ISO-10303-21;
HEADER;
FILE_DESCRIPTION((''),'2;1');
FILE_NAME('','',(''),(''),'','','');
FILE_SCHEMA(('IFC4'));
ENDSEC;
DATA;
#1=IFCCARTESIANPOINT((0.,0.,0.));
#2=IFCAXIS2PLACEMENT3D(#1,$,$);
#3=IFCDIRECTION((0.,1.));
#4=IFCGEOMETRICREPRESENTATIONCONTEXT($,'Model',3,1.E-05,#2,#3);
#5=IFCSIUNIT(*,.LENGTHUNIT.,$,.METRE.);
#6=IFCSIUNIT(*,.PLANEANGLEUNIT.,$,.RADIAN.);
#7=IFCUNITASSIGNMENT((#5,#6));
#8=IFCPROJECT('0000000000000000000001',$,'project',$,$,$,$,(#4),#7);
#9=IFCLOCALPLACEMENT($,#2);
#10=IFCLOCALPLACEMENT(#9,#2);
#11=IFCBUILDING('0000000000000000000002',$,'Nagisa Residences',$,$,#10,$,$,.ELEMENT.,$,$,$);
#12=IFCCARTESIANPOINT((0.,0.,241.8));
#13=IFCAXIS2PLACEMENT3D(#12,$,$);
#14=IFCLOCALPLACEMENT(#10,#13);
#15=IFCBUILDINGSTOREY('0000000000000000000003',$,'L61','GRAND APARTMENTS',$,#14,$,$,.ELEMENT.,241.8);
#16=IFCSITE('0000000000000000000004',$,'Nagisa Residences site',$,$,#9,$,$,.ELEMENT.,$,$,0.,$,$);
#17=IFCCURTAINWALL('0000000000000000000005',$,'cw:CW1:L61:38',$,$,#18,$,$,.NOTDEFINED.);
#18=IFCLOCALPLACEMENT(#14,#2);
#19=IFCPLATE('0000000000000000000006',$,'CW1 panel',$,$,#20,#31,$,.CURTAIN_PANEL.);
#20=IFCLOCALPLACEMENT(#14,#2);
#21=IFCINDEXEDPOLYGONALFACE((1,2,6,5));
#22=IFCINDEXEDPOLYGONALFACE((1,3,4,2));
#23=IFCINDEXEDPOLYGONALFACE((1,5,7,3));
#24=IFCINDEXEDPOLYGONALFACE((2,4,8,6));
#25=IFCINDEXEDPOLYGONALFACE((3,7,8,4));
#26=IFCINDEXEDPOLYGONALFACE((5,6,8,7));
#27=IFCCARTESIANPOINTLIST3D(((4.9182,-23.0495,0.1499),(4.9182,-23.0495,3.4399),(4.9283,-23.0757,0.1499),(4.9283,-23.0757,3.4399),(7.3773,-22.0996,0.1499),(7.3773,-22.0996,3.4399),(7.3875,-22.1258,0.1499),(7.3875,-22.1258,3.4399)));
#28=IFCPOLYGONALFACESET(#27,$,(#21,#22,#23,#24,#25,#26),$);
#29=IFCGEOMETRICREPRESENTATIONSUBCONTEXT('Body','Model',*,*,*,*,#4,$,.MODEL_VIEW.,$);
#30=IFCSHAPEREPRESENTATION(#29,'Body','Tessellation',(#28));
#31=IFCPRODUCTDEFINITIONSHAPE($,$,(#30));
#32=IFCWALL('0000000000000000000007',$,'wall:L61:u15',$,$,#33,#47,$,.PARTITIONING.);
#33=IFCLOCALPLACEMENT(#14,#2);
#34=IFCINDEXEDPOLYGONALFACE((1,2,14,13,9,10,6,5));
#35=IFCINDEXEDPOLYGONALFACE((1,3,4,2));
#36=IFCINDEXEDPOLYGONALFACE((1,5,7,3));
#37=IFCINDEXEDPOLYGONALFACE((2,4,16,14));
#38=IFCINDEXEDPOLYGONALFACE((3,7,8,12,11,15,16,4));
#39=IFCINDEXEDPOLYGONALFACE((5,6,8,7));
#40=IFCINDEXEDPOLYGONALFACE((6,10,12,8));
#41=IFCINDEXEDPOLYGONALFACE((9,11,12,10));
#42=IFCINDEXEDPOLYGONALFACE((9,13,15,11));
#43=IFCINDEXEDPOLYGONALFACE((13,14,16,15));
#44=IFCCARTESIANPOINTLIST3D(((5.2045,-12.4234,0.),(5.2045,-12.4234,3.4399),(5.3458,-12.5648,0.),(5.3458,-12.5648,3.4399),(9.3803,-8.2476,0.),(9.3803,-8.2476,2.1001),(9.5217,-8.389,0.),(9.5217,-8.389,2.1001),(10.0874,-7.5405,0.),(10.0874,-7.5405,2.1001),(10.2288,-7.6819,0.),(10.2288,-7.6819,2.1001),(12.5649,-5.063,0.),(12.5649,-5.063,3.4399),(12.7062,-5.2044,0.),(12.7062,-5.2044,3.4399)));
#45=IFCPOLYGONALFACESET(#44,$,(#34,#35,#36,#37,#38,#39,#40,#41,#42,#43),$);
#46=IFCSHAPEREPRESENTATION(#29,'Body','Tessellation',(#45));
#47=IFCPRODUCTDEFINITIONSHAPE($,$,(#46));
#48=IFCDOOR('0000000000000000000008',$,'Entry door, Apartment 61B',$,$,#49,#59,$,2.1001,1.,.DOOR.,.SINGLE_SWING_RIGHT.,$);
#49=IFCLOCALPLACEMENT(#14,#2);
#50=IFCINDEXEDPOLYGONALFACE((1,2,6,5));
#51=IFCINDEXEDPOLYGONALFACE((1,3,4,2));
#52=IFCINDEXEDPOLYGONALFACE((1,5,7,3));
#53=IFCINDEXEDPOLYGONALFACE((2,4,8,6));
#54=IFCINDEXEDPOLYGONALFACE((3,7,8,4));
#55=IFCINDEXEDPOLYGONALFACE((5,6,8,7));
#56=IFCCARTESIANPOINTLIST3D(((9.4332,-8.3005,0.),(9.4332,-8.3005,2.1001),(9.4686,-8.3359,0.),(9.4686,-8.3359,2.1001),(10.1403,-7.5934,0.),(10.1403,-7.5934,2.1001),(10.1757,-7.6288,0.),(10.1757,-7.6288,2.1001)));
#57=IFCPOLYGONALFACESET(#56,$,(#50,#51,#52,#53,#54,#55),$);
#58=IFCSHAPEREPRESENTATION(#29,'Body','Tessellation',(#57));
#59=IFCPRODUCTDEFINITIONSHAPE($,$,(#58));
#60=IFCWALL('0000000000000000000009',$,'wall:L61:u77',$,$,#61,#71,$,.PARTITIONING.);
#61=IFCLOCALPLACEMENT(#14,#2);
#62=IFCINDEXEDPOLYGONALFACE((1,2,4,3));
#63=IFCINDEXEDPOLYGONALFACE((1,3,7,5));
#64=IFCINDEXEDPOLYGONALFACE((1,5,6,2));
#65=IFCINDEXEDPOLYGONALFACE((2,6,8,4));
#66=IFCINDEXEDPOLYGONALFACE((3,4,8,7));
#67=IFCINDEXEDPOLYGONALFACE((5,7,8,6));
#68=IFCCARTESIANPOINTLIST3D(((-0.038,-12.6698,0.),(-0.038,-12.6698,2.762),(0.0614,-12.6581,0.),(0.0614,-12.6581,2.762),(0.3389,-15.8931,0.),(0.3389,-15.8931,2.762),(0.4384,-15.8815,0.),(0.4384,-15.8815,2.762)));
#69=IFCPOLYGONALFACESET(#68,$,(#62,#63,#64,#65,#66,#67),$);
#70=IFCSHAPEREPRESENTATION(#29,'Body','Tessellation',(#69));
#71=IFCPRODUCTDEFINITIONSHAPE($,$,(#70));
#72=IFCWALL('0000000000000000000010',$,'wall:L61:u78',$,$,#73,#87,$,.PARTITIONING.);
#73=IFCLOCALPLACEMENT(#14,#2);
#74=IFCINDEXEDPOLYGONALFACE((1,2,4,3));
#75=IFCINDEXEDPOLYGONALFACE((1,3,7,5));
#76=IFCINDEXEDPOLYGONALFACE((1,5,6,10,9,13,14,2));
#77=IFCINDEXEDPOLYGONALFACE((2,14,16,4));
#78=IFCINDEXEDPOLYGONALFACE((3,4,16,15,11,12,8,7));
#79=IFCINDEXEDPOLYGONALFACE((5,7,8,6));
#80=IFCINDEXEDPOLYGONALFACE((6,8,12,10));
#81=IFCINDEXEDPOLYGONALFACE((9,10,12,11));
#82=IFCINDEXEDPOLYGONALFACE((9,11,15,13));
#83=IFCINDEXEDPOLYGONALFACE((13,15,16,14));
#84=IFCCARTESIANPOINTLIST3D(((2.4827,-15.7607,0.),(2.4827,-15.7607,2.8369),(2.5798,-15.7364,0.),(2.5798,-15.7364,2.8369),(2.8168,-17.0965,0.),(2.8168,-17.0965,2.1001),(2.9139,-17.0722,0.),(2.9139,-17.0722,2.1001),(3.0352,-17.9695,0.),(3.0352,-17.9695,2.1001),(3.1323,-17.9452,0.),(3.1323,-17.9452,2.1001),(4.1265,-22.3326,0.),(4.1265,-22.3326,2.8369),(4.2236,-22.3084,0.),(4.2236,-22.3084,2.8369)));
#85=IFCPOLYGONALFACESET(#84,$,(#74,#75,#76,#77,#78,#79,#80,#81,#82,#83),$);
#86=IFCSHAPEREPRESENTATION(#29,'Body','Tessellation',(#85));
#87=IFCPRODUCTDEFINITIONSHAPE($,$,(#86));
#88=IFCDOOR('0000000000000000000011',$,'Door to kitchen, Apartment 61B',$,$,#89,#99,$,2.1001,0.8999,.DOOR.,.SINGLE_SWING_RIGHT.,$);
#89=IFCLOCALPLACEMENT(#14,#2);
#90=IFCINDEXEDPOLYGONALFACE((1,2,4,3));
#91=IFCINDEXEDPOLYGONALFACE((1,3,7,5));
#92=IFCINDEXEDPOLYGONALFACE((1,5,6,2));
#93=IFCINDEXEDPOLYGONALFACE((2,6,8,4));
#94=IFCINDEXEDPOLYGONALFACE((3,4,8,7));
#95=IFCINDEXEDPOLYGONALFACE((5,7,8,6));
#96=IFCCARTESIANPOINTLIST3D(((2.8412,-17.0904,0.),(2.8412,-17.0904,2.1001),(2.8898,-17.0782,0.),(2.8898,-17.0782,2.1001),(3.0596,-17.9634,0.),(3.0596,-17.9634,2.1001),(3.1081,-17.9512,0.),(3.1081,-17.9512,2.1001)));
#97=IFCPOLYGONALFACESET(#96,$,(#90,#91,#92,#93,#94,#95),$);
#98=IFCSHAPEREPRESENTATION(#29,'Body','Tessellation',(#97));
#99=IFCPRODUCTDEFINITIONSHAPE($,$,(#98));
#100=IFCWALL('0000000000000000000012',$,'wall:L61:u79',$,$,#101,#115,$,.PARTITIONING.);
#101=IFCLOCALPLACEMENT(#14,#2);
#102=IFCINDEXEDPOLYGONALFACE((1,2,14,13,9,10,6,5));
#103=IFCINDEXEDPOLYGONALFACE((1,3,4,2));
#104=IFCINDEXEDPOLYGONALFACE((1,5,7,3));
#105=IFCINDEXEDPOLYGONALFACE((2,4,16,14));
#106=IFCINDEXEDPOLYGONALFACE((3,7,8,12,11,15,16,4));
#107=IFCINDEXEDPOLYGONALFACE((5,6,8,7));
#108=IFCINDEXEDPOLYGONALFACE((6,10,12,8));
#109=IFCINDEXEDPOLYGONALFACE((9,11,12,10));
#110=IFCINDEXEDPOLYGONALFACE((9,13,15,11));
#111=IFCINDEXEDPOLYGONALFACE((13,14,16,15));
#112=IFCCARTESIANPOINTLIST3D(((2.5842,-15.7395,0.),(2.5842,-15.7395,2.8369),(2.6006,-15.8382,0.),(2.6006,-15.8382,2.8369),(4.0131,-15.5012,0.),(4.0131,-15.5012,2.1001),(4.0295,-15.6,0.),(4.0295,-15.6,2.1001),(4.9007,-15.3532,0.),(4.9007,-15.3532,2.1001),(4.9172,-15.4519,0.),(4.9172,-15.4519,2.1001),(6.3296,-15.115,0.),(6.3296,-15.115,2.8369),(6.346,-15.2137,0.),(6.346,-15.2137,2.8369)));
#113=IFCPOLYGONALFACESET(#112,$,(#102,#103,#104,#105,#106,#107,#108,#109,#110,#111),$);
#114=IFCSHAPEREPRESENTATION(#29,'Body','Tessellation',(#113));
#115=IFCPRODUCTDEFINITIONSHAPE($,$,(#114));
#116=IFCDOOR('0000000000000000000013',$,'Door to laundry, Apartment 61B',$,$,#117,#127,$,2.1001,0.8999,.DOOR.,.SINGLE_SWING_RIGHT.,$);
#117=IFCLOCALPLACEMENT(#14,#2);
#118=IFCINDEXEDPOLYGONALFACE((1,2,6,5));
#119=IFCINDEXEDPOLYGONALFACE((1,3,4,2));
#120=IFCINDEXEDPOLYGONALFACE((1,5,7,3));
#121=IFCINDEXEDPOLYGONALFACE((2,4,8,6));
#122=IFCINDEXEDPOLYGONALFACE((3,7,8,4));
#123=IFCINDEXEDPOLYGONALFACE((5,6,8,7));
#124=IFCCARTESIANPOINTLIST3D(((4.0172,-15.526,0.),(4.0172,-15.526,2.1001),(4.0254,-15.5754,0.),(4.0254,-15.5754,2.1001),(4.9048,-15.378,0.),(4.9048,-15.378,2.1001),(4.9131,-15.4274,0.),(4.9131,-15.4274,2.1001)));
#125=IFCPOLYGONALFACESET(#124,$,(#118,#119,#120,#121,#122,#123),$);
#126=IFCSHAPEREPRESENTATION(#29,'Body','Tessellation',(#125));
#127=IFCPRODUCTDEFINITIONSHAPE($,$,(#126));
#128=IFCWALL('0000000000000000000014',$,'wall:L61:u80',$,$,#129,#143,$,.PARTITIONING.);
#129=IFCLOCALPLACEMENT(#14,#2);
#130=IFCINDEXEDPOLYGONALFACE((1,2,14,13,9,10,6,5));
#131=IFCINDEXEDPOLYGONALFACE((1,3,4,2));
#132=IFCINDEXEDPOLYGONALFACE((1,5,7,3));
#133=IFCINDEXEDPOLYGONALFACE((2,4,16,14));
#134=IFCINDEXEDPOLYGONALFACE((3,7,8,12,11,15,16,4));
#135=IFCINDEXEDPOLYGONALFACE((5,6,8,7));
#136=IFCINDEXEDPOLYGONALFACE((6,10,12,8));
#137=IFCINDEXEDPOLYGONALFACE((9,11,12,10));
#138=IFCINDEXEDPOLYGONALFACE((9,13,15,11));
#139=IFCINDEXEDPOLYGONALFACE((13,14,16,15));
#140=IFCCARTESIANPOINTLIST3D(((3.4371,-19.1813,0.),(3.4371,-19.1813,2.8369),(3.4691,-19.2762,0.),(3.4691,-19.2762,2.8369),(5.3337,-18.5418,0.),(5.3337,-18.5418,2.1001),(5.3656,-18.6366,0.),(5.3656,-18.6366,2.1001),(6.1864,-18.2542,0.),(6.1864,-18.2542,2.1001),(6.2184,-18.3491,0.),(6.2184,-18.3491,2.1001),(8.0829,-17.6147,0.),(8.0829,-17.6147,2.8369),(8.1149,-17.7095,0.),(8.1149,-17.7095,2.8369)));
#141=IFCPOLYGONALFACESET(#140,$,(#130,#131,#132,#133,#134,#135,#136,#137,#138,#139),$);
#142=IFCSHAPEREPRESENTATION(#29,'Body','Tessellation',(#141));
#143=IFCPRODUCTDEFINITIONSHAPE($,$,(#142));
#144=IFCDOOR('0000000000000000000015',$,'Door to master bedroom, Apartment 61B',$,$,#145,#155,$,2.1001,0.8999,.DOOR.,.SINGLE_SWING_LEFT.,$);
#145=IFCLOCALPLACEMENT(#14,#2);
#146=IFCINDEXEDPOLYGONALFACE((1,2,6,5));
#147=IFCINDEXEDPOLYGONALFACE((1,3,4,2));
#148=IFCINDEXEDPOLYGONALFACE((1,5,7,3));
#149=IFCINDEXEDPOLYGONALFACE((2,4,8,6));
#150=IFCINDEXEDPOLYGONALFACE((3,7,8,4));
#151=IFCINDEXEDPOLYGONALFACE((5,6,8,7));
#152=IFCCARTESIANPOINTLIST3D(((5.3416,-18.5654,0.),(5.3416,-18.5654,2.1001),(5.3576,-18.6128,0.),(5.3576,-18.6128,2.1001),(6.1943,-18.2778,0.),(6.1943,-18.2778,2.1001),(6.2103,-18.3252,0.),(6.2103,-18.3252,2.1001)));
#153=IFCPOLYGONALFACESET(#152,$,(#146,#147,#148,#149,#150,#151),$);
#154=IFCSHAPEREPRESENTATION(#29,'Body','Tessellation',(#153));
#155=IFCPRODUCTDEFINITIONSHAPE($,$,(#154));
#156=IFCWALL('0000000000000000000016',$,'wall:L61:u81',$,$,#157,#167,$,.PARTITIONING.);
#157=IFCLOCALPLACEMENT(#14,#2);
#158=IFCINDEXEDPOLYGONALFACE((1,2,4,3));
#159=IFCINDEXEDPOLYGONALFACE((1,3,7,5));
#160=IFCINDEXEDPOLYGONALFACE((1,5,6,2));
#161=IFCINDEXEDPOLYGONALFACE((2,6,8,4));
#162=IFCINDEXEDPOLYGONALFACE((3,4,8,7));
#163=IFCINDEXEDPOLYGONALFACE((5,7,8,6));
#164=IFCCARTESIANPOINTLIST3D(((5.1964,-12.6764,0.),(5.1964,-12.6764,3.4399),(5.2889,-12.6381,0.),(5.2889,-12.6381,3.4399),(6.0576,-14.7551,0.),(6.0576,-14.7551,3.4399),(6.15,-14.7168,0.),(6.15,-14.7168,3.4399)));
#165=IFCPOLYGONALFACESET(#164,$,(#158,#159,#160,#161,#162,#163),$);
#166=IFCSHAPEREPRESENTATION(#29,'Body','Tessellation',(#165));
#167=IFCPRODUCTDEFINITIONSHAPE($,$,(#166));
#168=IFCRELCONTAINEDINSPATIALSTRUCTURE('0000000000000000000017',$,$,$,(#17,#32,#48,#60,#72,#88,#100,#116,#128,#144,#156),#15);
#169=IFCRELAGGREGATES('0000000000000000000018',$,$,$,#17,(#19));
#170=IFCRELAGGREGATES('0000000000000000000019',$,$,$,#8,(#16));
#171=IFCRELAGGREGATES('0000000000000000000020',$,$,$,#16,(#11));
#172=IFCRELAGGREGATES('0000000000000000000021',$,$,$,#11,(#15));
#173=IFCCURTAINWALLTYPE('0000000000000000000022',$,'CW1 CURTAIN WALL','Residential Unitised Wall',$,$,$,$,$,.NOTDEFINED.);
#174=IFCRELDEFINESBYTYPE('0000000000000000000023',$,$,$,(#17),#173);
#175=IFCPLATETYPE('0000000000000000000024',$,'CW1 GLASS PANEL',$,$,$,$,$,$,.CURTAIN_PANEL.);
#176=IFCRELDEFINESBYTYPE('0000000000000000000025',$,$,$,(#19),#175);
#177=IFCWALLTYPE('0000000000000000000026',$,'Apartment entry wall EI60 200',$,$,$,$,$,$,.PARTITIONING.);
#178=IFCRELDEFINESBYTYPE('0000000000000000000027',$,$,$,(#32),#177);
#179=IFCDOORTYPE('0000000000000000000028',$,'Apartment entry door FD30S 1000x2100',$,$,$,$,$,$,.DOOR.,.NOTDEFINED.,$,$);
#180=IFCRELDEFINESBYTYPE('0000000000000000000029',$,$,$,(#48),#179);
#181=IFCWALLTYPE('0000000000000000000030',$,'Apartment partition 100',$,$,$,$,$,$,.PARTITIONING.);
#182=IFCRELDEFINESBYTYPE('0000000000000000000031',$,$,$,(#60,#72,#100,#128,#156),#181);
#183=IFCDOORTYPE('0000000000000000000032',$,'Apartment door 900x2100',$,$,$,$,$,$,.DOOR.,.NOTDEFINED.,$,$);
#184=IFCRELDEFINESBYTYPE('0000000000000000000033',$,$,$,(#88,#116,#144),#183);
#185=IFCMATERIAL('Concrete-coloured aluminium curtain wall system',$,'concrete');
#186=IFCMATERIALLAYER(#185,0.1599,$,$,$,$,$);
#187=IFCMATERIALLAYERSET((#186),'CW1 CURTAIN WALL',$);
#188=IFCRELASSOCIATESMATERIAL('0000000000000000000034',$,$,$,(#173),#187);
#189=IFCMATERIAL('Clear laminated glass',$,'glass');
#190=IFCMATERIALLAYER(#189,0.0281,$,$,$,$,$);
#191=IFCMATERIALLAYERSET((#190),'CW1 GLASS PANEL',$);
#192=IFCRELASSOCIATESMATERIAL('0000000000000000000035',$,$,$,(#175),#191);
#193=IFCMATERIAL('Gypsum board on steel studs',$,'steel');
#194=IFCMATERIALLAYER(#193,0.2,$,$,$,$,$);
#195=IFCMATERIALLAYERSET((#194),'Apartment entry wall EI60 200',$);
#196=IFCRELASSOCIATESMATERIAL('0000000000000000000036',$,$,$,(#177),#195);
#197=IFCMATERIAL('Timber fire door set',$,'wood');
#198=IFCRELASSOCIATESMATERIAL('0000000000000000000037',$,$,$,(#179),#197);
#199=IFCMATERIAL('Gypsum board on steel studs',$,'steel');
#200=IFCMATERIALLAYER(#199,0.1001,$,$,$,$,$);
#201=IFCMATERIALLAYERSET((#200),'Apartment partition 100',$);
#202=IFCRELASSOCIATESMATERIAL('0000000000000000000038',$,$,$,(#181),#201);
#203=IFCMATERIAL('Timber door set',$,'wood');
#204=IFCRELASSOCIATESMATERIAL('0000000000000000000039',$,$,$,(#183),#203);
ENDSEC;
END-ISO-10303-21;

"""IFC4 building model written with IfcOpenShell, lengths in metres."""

from ifc_helpers import new_model, si_unit, direction, frame, frame_2d, origin, origin_2d, place, context, subcontext, project, spatial, rectangle, extrude, material, layer, layer_set, type_object, element, fill, aggregate, save


model = new_model("IFC4")

# Units and contexts
model_context = context("Model", 3, precision=1e-05, world=origin(), true_north=direction((0.0, 1.0)))
body_context = subcontext(model_context, "Body", "Model", "MODEL_VIEW")
ifc_project = project(units=[si_unit("LENGTHUNIT", "METRE"), si_unit("PLANEANGLEUNIT", "RADIAN")], contexts=[model_context])

# Site, building, storey
site_placement = place(None, origin())
site = spatial("IfcSite", under=ifc_project, at=site_placement, Name="Nagisa Residences site", CompositionType="ELEMENT", RefElevation=0.0)
building_placement = place(site_placement, origin())
building = spatial("IfcBuilding", under=site, at=building_placement, Name="Nagisa Residences", CompositionType="ELEMENT")
storey_placement = place(building_placement, frame((0.0, 0.0, 241.8)))
storey = spatial("IfcBuildingStorey", under=building, at=storey_placement, Name="L61", Description="GRAND APARTMENTS", CompositionType="ELEMENT", Elevation=241.8)

# Curtain wall
ifc_material_1 = material(Name="Concrete-coloured aluminium curtain wall system", Category="concrete")
ifc_layer_1 = layer(ifc_material_1, 0.1599)
ifc_layer_set_1 = layer_set([ifc_layer_1], Name="CW1 CURTAIN WALL")
curtain_wall_type = type_object("IfcCurtainWallType", Name="CW1 CURTAIN WALL", Description="Residential Unitised Wall", PredefinedType="NOTDEFINED", material=ifc_layer_set_1)
curtain_wall_1_placement = place(storey_placement, origin())
curtain_wall_1 = element("IfcCurtainWall", 1, at=curtain_wall_1_placement, inside=storey, type_object=curtain_wall_type, Name="cw:CW1:L61:38", PredefinedType="NOTDEFINED")

# Shared definitions
ifc_material_2 = material(Name="Clear laminated glass", Category="glass")
ifc_layer_2 = layer(ifc_material_2, 0.0281)
ifc_layer_set_2 = layer_set([ifc_layer_2], Name="CW1 GLASS PANEL")
plate_type = type_object("IfcPlateType", Name="CW1 GLASS PANEL", PredefinedType="CURTAIN_PANEL", material=ifc_layer_set_2)

# Plate
plate_1_placement = place(storey_placement, frame((6.1528, -22.5876, 0.1499), z_axis=(0.0, 0.0, 1.0), x_axis=(0.932826, 0.360328, 0.0)))
plate_1 = element("IfcPlate", 2, at=plate_1_placement, type_object=plate_type, Name="CW1 panel", PredefinedType="CURTAIN_PANEL", context=body_context, shape_type="SweptSolid", body=[
    extrude(rectangle(XDim=2.6362, YDim=0.0281, at=origin_2d()), origin(), (0.0, 0.0, 1.0), 3.29),
])
aggregate(curtain_wall_1, [plate_1])

# Wall, opening, door
ifc_material_3 = material(Name="Gypsum board on steel studs", Category="steel")
ifc_layer_3 = layer(ifc_material_3, 0.2)
ifc_layer_set_3 = layer_set([ifc_layer_3], Name="Apartment entry wall EI60 200")
wall_type_1 = type_object("IfcWallType", Name="Apartment entry wall EI60 200", PredefinedType="PARTITIONING", material=ifc_layer_set_3)
wall_1_placement = place(storey_placement, frame((5.2751, -12.4941, 0.0), z_axis=(0.0, 0.0, 1.0), x_axis=(0.707107, 0.707107, 0.0)))
wall_1 = element("IfcWall", 3, at=wall_1_placement, inside=storey, type_object=wall_type_1, Name="wall:L61:u15", PredefinedType="PARTITIONING", context=body_context, shape_type="SweptSolid", body=[
    extrude(rectangle(XDim=10.4092, YDim=0.2, at=frame_2d((5.2046, 0.0))), origin(), (0.0, 0.0, 1.0), 3.4399),
])
opening_1_placement = place(wall_1_placement, frame((5.9055, 0.0, 0.0)))
opening_1 = element("IfcOpeningElement", 4, at=opening_1_placement, cuts=wall_1, PredefinedType="OPENING", context=body_context, shape_type="SweptSolid", body=[
    extrude(rectangle(XDim=1.0, YDim=2.1001, at=frame_2d((0.5, 1.05))), frame((0.0, 0.1099, 0.0), z_axis=(0.0, -1.0, 0.0), x_axis=(1.0, 0.0, 0.0)), (0.0, 0.0, 1.0), 0.22),
])
ifc_material_4 = material(Name="Timber fire door set", Category="wood")
door_type_1 = type_object("IfcDoorType", Name="Apartment entry door FD30S 1000x2100", OperationType="NOTDEFINED", PredefinedType="DOOR", material=ifc_material_4)
door_1_placement = place(opening_1_placement, frame((1.0, 0.0, 0.0), x_axis=(-1.0, 0.0, 0.0)))
door_1 = element("IfcDoor", 5, at=door_1_placement, inside=storey, type_object=door_type_1, Name="Entry door, Apartment 61B", OperationType="SINGLE_SWING_RIGHT", OverallHeight=2.1001, OverallWidth=1.0, PredefinedType="DOOR", context=body_context, shape_type="SweptSolid", body=[
    extrude(rectangle(XDim=1.0, YDim=2.1001, at=frame_2d((0.5, 1.05))), frame((0.0, 0.0249, 0.0), z_axis=(0.0, -1.0, 0.0), x_axis=(1.0, 0.0, 0.0)), (0.0, 0.0, 1.0), 0.05),
])
fill(opening_1, door_1)

# Wall
ifc_material_5 = material(Name="Gypsum board on steel studs", Category="steel")
ifc_layer_4 = layer(ifc_material_5, 0.1001)
ifc_layer_set_4 = layer_set([ifc_layer_4], Name="Apartment partition 100")
wall_type_2 = type_object("IfcWallType", Name="Apartment partition 100", PredefinedType="PARTITIONING", material=ifc_layer_set_4)
wall_2_placement = place(storey_placement, frame((0.0117, -12.6641, 0.0), z_axis=(0.0, 0.0, 1.0), x_axis=(0.116152, -0.993231, 0.0)))
element("IfcWall", 6, at=wall_2_placement, inside=storey, type_object=wall_type_2, Name="wall:L61:u77", PredefinedType="PARTITIONING", context=body_context, shape_type="SweptSolid", body=[
    extrude(rectangle(XDim=3.2454, YDim=0.1001, at=frame_2d((1.6226, 0.0))), origin(), (0.0, 0.0, 1.0), 2.762),
])

# Walls, openings, doors
wall_3_placement = place(storey_placement, frame((2.5312, -15.7485, 0.0), z_axis=(0.0, 0.0, 1.0), x_axis=(0.242646, -0.970115, 0.0)))
wall_3 = element("IfcWall", 7, at=wall_3_placement, inside=storey, type_object=wall_type_2, Name="wall:L61:u78", PredefinedType="PARTITIONING", context=body_context, shape_type="SweptSolid", body=[
    extrude(rectangle(XDim=6.7744, YDim=0.1001, at=frame_2d((3.3872, 0.0))), origin(), (0.0, 0.0, 1.0), 2.8369),
])
opening_2_placement = place(wall_3_placement, frame((1.377, 0.0, 0.0)))
opening_2 = element("IfcOpeningElement", 8, at=opening_2_placement, cuts=wall_3, PredefinedType="OPENING", context=body_context, shape_type="SweptSolid", body=[
    extrude(rectangle(XDim=0.8999, YDim=2.1001, at=frame_2d((0.45, 1.05))), frame((0.0, 0.0601, 0.0), z_axis=(0.0, -1.0, 0.0), x_axis=(1.0, 0.0, 0.0)), (0.0, 0.0, 1.0), 0.1201),
])
ifc_material_6 = material(Name="Timber door set", Category="wood")
door_type_2 = type_object("IfcDoorType", Name="Apartment door 900x2100", OperationType="NOTDEFINED", PredefinedType="DOOR", material=ifc_material_6)
door_2_placement = place(opening_2_placement, frame((0.8999, 0.0, 0.0), x_axis=(-1.0, 0.0, 0.0)))
door_2 = element("IfcDoor", 9, at=door_2_placement, inside=storey, type_object=door_type_2, Name="Door to kitchen, Apartment 61B", OperationType="SINGLE_SWING_RIGHT", OverallHeight=2.1001, OverallWidth=0.8999, PredefinedType="DOOR", context=body_context, shape_type="SweptSolid", body=[
    extrude(rectangle(XDim=0.8999, YDim=2.1001, at=frame_2d((0.45, 1.05))), frame((0.0, 0.0249, 0.0), z_axis=(0.0, -1.0, 0.0), x_axis=(1.0, 0.0, 0.0)), (0.0, 0.0, 1.0), 0.05),
])
fill(opening_2, door_2)
wall_4_placement = place(storey_placement, frame((2.5925, -15.7888, 0.0), z_axis=(0.0, 0.0, 1.0), x_axis=(0.986382, 0.164472, 0.0)))
wall_4 = element("IfcWall", 10, at=wall_4_placement, inside=storey, type_object=wall_type_2, Name="wall:L61:u79", PredefinedType="PARTITIONING", context=body_context, shape_type="SweptSolid", body=[
    extrude(rectangle(XDim=3.7971, YDim=0.1001, at=frame_2d((1.8984, 0.0))), origin(), (0.0, 0.0, 1.0), 2.8369),
])
opening_3_placement = place(wall_4_placement, frame((1.4485, 0.0, 0.0)))
opening_3 = element("IfcOpeningElement", 11, at=opening_3_placement, cuts=wall_4, PredefinedType="OPENING", context=body_context, shape_type="SweptSolid", body=[
    extrude(rectangle(XDim=0.8999, YDim=2.1001, at=frame_2d((0.45, 1.05))), frame((0.0, 0.0601, 0.0), z_axis=(0.0, -1.0, 0.0), x_axis=(1.0, 0.0, 0.0)), (0.0, 0.0, 1.0), 0.1201),
])
door_3_placement = place(opening_3_placement, origin())
door_3 = element("IfcDoor", 12, at=door_3_placement, inside=storey, type_object=door_type_2, Name="Door to laundry, Apartment 61B", OperationType="SINGLE_SWING_RIGHT", OverallHeight=2.1001, OverallWidth=0.8999, PredefinedType="DOOR", context=body_context, shape_type="SweptSolid", body=[
    extrude(rectangle(XDim=0.8999, YDim=2.1001, at=frame_2d((0.45, 1.05))), frame((0.0, 0.0249, 0.0), z_axis=(0.0, -1.0, 0.0), x_axis=(1.0, 0.0, 0.0)), (0.0, 0.0, 1.0), 0.05),
])
fill(opening_3, door_3)
wall_5_placement = place(storey_placement, frame((3.4531, -19.2288, 0.0), z_axis=(0.0, 0.0, 1.0), x_axis=(0.947572, 0.319542, 0.0)))
wall_5 = element("IfcWall", 13, at=wall_5_placement, inside=storey, type_object=wall_type_2, Name="wall:L61:u80", PredefinedType="PARTITIONING", context=body_context, shape_type="SweptSolid", body=[
    extrude(rectangle(XDim=4.9028, YDim=0.1001, at=frame_2d((2.4514, 0.0))), origin(), (0.0, 0.0, 1.0), 2.8369),
])
opening_4_placement = place(wall_5_placement, frame((2.0015, 0.0, 0.0)))
opening_4 = element("IfcOpeningElement", 14, at=opening_4_placement, cuts=wall_5, PredefinedType="OPENING", context=body_context, shape_type="SweptSolid", body=[
    extrude(rectangle(XDim=0.8999, YDim=2.1001, at=frame_2d((0.45, 1.05))), frame((0.0, 0.0601, 0.0), z_axis=(0.0, -1.0, 0.0), x_axis=(1.0, 0.0, 0.0)), (0.0, 0.0, 1.0), 0.1201),
])
door_4_placement = place(opening_4_placement, frame((0.8999, 0.0, 0.0), x_axis=(-1.0, 0.0, 0.0)))
door_4 = element("IfcDoor", 15, at=door_4_placement, inside=storey, type_object=door_type_2, Name="Door to master bedroom, Apartment 61B", OperationType="SINGLE_SWING_LEFT", OverallHeight=2.1001, OverallWidth=0.8999, PredefinedType="DOOR", context=body_context, shape_type="SweptSolid", body=[
    extrude(rectangle(XDim=0.8999, YDim=2.1001, at=frame_2d((0.45, 1.05))), frame((0.0, 0.0249, 0.0), z_axis=(0.0, -1.0, 0.0), x_axis=(1.0, 0.0, 0.0)), (0.0, 0.0, 1.0), 0.05),
])
fill(opening_4, door_4)

# Wall
wall_6_placement = place(storey_placement, frame((5.2427, -12.6572, 0.0), z_axis=(0.0, 0.0, 1.0), x_axis=(0.382719, -0.923865, 0.0)))
element("IfcWall", 16, at=wall_6_placement, inside=storey, type_object=wall_type_2, Name="wall:L61:u81", PredefinedType="PARTITIONING", context=body_context, shape_type="SweptSolid", body=[
    extrude(rectangle(XDim=2.25, YDim=0.1001, at=frame_2d((1.125, 0.0))), origin(), (0.0, 0.0, 1.0), 3.4399),
])

save(model, "model.ifc")
